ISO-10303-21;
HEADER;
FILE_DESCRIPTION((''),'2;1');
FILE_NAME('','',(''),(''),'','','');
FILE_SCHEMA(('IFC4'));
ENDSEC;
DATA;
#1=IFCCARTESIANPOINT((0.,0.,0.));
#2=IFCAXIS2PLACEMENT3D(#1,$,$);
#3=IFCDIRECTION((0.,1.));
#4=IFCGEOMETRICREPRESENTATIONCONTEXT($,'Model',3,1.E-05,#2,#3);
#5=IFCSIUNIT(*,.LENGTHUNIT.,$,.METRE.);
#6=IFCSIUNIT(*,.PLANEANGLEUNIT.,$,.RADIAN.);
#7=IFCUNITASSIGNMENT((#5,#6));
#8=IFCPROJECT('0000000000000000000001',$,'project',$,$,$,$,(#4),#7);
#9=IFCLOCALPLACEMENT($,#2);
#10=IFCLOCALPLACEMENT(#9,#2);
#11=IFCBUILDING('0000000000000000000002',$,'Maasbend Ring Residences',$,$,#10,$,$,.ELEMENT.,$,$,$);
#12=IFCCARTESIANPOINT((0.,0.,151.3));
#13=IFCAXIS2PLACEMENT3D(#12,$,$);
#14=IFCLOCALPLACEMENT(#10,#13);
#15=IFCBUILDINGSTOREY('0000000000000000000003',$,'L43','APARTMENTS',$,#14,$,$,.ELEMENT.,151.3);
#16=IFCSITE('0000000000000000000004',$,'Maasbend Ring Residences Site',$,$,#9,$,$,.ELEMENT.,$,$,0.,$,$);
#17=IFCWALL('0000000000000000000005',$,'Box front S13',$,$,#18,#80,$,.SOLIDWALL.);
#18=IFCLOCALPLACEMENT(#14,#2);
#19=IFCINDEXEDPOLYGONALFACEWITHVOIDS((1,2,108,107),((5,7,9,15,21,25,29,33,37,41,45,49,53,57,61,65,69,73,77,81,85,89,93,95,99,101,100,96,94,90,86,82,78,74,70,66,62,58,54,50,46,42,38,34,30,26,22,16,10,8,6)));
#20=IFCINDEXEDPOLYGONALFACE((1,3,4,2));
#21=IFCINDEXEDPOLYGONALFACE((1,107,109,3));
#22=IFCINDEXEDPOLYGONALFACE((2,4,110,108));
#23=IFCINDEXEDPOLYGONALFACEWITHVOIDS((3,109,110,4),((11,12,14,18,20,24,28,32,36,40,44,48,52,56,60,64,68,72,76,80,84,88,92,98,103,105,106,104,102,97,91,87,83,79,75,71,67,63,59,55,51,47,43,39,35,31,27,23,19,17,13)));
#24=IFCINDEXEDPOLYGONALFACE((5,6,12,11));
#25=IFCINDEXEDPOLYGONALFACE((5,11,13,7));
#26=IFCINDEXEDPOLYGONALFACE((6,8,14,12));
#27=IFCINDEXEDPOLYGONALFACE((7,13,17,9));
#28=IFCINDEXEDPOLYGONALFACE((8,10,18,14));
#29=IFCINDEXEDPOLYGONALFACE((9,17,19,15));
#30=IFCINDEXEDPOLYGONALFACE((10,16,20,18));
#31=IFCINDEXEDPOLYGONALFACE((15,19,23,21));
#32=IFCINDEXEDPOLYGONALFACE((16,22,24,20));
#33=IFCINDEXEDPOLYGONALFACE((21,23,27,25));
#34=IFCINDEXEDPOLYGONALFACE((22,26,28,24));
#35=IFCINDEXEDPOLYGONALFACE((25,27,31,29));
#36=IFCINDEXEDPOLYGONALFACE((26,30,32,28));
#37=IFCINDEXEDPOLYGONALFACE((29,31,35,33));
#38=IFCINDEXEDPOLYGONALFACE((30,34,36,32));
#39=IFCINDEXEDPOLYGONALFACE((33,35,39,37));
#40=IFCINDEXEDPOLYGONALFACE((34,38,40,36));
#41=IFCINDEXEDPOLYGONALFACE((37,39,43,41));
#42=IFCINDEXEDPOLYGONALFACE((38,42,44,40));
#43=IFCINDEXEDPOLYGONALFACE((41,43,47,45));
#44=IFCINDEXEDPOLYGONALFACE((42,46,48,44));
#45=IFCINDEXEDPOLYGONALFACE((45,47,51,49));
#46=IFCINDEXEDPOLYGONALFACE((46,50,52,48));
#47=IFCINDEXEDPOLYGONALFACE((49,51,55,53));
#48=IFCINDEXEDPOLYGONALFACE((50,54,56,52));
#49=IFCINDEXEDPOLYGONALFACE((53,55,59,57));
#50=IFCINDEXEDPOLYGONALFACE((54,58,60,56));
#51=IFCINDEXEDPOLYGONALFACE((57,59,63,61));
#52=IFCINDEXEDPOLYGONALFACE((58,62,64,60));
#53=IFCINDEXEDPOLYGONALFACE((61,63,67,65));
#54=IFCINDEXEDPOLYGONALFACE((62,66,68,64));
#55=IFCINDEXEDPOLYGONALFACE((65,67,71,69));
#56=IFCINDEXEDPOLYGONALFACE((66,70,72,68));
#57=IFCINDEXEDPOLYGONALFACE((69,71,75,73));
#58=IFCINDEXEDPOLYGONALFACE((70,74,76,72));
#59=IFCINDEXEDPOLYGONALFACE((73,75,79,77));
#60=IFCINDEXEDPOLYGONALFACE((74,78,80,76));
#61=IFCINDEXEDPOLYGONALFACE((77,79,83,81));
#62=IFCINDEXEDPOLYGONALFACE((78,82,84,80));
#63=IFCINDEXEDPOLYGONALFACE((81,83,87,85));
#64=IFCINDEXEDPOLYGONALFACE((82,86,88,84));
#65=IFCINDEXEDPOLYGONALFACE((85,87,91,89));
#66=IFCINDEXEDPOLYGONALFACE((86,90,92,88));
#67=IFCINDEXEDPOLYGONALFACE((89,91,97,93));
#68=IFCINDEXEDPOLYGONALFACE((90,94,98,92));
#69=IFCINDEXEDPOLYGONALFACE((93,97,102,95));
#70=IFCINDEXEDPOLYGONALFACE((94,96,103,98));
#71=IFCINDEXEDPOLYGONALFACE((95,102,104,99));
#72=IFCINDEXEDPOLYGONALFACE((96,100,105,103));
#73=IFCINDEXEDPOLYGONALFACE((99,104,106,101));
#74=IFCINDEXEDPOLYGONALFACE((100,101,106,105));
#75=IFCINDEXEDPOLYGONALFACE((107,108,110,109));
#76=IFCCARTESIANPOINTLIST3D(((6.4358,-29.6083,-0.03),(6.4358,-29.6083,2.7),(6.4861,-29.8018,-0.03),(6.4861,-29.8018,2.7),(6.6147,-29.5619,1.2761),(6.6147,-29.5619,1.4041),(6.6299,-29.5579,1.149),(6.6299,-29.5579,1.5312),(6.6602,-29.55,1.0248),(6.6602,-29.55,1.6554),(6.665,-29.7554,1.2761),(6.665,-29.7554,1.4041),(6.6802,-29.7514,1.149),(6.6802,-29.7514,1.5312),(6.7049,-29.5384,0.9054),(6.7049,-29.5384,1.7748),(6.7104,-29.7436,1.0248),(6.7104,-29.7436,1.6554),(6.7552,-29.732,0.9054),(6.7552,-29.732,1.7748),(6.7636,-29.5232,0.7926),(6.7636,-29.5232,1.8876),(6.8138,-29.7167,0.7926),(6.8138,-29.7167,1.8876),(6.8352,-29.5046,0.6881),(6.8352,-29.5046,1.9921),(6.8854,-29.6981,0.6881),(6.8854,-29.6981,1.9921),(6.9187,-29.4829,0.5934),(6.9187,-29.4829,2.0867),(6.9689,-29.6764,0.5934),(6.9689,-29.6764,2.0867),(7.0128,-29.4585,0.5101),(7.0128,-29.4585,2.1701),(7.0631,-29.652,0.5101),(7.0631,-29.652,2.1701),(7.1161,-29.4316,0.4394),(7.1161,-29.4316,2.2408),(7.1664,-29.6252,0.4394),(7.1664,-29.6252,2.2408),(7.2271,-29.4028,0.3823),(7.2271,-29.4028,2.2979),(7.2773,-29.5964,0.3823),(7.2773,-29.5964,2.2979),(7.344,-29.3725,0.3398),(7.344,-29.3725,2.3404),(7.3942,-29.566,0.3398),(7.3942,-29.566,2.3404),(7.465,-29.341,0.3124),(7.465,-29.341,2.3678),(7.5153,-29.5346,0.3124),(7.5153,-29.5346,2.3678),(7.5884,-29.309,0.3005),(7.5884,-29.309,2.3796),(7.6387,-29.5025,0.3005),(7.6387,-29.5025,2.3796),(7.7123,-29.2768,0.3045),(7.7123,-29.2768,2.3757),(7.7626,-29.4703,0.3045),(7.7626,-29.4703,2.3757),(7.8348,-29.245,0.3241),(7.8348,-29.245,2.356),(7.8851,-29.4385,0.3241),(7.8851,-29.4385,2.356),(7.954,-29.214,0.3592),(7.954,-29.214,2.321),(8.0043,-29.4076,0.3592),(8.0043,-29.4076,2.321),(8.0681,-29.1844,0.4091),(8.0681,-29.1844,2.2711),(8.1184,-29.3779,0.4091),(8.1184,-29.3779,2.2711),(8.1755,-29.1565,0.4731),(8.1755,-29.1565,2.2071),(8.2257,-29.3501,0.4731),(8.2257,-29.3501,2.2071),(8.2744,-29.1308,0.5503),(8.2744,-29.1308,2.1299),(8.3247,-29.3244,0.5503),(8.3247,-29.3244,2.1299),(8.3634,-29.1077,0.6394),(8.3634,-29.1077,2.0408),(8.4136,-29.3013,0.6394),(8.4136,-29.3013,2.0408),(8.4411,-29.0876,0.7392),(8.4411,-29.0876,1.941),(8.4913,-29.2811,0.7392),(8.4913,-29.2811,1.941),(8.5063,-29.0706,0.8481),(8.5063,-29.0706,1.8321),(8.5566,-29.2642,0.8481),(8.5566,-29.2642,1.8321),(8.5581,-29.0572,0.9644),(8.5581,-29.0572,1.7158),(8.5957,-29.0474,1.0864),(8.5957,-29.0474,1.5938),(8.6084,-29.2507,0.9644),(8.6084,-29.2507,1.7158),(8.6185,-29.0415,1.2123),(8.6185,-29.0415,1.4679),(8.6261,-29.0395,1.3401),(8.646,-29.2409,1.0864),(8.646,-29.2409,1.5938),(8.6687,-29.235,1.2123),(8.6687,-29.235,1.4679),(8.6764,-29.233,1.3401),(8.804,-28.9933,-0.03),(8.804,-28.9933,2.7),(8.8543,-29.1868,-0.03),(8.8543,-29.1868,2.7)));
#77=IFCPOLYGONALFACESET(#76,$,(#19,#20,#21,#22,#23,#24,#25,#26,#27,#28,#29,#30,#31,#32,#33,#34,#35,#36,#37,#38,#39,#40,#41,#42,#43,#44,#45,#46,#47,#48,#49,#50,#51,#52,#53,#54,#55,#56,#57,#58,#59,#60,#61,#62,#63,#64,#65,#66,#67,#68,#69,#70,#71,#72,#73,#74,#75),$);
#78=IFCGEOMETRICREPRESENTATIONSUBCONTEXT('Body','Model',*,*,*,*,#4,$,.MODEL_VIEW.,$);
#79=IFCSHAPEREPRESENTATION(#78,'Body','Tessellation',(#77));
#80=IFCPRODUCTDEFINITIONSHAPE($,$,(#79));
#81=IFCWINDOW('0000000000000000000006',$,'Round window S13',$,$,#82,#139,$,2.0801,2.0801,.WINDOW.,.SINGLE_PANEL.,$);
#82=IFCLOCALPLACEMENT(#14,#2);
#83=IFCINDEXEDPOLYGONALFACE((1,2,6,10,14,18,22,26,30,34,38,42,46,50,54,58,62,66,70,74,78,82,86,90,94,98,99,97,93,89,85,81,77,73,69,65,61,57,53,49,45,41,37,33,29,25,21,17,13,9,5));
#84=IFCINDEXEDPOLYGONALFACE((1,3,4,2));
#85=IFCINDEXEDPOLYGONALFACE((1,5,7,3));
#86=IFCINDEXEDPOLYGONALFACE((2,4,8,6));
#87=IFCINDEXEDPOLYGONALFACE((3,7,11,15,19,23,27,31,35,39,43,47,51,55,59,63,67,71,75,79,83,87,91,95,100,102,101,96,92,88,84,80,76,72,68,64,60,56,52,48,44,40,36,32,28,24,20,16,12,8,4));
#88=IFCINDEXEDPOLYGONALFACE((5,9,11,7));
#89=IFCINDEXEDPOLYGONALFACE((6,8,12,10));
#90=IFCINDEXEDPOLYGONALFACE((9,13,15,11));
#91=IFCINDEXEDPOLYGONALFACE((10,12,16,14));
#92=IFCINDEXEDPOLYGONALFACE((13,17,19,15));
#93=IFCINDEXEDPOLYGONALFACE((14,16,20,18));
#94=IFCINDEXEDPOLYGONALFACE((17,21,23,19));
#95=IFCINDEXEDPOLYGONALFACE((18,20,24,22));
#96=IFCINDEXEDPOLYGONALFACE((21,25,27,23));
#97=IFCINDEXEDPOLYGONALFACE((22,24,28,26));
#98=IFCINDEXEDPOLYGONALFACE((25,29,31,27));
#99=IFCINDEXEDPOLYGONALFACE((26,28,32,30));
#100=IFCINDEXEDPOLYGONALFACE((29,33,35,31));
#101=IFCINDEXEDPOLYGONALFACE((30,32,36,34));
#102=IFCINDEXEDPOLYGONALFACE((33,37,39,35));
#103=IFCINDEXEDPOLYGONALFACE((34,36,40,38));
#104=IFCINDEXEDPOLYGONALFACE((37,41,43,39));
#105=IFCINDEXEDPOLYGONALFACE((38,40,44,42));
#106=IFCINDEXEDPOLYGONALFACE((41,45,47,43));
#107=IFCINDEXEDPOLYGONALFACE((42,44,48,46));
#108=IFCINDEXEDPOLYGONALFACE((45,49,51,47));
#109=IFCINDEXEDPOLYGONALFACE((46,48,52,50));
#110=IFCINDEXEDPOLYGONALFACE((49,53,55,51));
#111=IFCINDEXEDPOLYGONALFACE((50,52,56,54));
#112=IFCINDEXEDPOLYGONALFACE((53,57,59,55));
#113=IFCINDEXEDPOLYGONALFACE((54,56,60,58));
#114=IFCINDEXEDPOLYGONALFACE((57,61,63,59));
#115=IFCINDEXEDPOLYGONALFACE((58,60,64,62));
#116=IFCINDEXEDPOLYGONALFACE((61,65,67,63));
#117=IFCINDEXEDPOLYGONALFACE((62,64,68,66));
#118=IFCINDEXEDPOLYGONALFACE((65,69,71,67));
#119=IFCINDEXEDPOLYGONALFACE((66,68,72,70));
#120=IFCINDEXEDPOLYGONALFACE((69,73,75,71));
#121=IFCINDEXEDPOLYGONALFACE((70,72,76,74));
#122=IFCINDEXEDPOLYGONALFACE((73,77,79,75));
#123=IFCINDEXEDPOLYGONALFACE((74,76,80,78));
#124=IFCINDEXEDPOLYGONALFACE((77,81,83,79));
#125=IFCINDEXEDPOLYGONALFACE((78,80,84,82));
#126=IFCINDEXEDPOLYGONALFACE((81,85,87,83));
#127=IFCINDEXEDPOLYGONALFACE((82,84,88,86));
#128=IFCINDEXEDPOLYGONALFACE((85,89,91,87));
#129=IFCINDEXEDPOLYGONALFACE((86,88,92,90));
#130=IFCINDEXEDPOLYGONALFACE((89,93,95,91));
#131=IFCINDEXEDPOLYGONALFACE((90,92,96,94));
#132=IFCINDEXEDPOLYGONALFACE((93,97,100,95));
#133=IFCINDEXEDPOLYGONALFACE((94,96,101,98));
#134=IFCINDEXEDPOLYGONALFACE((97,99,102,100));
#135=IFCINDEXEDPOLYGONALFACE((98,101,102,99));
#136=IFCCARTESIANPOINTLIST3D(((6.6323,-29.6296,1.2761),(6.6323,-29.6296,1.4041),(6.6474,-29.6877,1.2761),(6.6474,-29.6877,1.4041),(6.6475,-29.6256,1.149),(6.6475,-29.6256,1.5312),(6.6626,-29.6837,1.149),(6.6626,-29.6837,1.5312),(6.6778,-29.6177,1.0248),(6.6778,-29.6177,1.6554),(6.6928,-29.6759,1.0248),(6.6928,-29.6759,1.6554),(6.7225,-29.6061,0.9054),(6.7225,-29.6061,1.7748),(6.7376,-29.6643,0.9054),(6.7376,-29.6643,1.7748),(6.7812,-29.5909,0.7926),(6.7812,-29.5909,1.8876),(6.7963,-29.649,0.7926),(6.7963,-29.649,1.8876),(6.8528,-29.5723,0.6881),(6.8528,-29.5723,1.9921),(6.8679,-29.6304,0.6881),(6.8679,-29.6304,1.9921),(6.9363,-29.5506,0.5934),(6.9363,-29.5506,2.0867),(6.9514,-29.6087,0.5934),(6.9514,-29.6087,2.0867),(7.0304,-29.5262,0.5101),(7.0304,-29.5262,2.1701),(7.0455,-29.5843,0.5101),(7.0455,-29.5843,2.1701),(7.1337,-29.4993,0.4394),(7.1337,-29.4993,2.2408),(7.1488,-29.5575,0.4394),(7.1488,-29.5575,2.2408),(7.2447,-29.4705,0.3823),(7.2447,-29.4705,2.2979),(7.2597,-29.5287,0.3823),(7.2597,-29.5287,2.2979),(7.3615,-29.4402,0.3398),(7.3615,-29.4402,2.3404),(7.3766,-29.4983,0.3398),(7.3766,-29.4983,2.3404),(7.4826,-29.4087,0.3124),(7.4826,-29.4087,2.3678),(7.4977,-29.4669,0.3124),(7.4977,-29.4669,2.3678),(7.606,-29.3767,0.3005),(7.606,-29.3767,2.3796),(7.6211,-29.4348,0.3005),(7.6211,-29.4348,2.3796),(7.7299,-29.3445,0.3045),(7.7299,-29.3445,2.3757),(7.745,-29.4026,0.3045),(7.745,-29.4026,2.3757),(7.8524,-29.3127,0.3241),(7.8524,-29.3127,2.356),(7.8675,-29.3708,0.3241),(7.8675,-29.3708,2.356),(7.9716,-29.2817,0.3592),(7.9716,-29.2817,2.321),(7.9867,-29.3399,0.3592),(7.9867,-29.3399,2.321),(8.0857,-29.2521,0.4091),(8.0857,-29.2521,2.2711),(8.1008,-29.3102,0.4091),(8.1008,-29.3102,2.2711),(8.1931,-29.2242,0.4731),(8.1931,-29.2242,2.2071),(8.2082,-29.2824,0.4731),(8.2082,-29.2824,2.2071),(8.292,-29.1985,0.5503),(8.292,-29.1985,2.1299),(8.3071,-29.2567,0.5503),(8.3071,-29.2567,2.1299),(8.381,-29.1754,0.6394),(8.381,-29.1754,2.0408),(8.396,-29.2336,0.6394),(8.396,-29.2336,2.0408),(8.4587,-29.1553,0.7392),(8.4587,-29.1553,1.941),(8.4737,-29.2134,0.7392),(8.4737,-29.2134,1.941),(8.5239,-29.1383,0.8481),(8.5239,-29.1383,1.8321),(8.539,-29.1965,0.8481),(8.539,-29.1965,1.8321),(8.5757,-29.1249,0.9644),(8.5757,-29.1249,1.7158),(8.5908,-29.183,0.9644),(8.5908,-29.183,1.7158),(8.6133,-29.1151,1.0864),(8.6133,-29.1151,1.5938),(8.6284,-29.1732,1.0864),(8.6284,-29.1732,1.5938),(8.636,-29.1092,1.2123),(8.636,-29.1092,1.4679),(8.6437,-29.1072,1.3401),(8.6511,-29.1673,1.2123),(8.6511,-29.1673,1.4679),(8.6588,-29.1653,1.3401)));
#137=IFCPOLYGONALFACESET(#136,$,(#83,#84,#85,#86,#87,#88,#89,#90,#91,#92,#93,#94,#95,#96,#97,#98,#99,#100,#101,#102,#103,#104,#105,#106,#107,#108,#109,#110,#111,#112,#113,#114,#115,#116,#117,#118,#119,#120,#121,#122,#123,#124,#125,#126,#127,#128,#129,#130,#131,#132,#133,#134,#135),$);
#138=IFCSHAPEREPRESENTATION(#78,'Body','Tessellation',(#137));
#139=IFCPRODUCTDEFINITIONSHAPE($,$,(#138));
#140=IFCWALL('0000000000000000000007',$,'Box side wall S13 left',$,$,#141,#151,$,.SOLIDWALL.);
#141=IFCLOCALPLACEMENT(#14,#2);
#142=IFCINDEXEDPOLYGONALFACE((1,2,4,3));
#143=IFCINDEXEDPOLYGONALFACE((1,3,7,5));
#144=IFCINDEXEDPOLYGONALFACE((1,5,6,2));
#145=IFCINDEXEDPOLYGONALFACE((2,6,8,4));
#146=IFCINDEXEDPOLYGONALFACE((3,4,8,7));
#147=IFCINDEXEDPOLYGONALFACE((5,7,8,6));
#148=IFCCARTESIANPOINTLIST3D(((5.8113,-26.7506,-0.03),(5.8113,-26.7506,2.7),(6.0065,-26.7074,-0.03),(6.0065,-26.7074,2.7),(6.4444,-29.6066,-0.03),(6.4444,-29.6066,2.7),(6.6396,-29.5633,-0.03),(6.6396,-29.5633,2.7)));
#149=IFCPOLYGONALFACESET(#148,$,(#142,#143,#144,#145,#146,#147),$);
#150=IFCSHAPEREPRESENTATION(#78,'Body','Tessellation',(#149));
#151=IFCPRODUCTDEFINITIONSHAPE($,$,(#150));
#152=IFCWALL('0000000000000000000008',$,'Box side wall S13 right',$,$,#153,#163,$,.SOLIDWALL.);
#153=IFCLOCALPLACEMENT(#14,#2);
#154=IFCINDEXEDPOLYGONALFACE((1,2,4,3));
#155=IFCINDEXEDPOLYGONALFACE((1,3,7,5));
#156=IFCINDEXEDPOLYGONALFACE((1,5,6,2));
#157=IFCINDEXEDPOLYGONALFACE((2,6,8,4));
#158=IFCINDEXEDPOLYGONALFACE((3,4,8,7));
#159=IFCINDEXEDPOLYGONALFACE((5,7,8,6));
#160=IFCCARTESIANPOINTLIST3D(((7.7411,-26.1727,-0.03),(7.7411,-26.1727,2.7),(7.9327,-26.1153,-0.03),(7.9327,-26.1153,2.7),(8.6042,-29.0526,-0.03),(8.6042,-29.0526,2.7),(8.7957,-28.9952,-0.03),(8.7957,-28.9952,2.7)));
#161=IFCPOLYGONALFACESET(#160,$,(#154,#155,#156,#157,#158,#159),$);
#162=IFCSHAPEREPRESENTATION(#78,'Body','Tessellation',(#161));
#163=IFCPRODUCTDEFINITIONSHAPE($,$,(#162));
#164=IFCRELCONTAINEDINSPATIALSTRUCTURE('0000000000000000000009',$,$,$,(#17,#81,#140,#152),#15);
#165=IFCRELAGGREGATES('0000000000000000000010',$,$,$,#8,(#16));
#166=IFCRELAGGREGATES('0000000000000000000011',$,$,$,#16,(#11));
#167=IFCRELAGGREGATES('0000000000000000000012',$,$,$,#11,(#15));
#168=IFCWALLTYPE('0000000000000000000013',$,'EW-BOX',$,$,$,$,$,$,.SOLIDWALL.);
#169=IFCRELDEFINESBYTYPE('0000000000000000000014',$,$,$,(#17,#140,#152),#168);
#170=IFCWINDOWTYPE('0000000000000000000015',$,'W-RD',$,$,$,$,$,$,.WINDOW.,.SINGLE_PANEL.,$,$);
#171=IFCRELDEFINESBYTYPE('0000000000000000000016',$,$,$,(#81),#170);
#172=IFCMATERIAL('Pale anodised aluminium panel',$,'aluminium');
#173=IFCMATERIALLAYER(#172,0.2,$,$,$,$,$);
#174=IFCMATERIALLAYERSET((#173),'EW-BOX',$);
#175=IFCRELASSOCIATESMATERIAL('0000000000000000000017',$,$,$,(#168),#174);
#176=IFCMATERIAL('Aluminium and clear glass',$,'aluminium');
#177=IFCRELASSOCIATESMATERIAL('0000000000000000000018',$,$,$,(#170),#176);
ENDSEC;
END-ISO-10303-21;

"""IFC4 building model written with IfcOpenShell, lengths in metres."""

from ifc_helpers import new_model, si_unit, direction, frame, frame_2d, origin, place, context, subcontext, project, spatial, rectangle, circle, extrude, material, layer, layer_set, type_object, element, fill, save


model = new_model("IFC4")

# Units and contexts
model_context = context("Model", 3, precision=1e-05, world=origin(), true_north=direction((0.0, 1.0)))
body_context = subcontext(model_context, "Body", "Model", "MODEL_VIEW")
ifc_project = project(units=[si_unit("LENGTHUNIT", "METRE"), si_unit("PLANEANGLEUNIT", "RADIAN")], contexts=[model_context])

# Site, building, storey
site_placement = place(None, origin())
site = spatial("IfcSite", under=ifc_project, at=site_placement, Name="Maasbend Ring Residences Site", CompositionType="ELEMENT", RefElevation=0.0)
building_placement = place(site_placement, origin())
building = spatial("IfcBuilding", under=site, at=building_placement, Name="Maasbend Ring Residences", CompositionType="ELEMENT")
storey_placement = place(building_placement, frame((0.0, 0.0, 151.3)))
storey = spatial("IfcBuildingStorey", under=building, at=storey_placement, Name="L43", Description="APARTMENTS", CompositionType="ELEMENT", Elevation=151.3)

# Shared definitions
ifc_material_1 = material(Name="Pale anodised aluminium panel", Category="aluminium")
ifc_layer_1 = layer(ifc_material_1, 0.2)
ifc_layer_set_1 = layer_set([ifc_layer_1], Name="EW-BOX")
wall_type_1 = type_object("IfcWallType", Name="EW-BOX", PredefinedType="SOLIDWALL", material=ifc_layer_set_1)

# Wall, opening, window
wall_1_placement = place(storey_placement, frame((6.4609, -29.7051, -0.03), z_axis=(0.0, 0.0, 1.0), x_axis=(0.967895, 0.251353, 0.0)))
wall_1 = element("IfcWall", 1, at=wall_1_placement, inside=storey, type_object=wall_type_1, Name="Box front S13", PredefinedType="SOLIDWALL", context=body_context, shape_type="SweptSolid", body=[
    extrude(rectangle(XDim=2.4468, YDim=0.2, at=frame_2d((1.2234, 0.0))), origin(), (0.0, 0.0, 1.0), 2.73),
])
opening_1_placement = place(wall_1_placement, frame((0.1829, 0.0, 0.3301)))
opening_1 = element("IfcOpeningElement", 2, at=opening_1_placement, cuts=wall_1, PredefinedType="OPENING", context=body_context, shape_type="SweptSolid", body=[
    extrude(circle(Radius=1.04, at=frame_2d((1.04, 1.04))), frame((0.0, 0.1099, 0.0), z_axis=(0.0, -1.0, 0.0), x_axis=(1.0, 0.0, 0.0)), (0.0, 0.0, 1.0), 0.22),
])
ifc_material_2 = material(Name="Aluminium and clear glass", Category="aluminium")
window_type_1 = type_object("IfcWindowType", Name="W-RD", PartitioningType="SINGLE_PANEL", PredefinedType="WINDOW", material=ifc_material_2)
window_1_placement = place(opening_1_placement, origin())
window_1 = element("IfcWindow", 3, at=window_1_placement, inside=storey, type_object=window_type_1, Name="Round window S13", OverallHeight=2.0801, OverallWidth=2.0801, PartitioningType="SINGLE_PANEL", PredefinedType="WINDOW", context=body_context, shape_type="SweptSolid", body=[
    extrude(circle(Radius=1.04, at=frame_2d((1.04, 1.04))), frame((0.0, 0.03, 0.0), z_axis=(0.0, -1.0, 0.0), x_axis=(1.0, 0.0, 0.0)), (0.0, 0.0, 1.0), 0.0601),
])
fill(opening_1, window_1)

# Walls
wall_2_placement = place(storey_placement, frame((5.9089, -26.729, -0.03), z_axis=(0.0, 0.0, 1.0), x_axis=(0.216409, -0.976303, 0.0)))
element("IfcWall", 4, at=wall_2_placement, inside=storey, type_object=wall_type_1, Name="Box side wall S13 left", PredefinedType="SOLIDWALL", context=body_context, shape_type="SweptSolid", body=[
    extrude(rectangle(XDim=2.9253, YDim=0.2, at=frame_2d((1.4626, 0.0))), origin(), (0.0, 0.0, 1.0), 2.73),
])
wall_3_placement = place(storey_placement, frame((7.8369, -26.144, -0.03), z_axis=(0.0, 0.0, 1.0), x_axis=(0.287065, -0.957911, 0.0)))
element("IfcWall", 5, at=wall_3_placement, inside=storey, type_object=wall_type_1, Name="Box side wall S13 right", PredefinedType="SOLIDWALL", context=body_context, shape_type="SweptSolid", body=[
    extrude(rectangle(XDim=3.0063, YDim=0.2, at=frame_2d((1.5032, 0.0))), origin(), (0.0, 0.0, 1.0), 2.73),
])

save(model, "model.ifc")
